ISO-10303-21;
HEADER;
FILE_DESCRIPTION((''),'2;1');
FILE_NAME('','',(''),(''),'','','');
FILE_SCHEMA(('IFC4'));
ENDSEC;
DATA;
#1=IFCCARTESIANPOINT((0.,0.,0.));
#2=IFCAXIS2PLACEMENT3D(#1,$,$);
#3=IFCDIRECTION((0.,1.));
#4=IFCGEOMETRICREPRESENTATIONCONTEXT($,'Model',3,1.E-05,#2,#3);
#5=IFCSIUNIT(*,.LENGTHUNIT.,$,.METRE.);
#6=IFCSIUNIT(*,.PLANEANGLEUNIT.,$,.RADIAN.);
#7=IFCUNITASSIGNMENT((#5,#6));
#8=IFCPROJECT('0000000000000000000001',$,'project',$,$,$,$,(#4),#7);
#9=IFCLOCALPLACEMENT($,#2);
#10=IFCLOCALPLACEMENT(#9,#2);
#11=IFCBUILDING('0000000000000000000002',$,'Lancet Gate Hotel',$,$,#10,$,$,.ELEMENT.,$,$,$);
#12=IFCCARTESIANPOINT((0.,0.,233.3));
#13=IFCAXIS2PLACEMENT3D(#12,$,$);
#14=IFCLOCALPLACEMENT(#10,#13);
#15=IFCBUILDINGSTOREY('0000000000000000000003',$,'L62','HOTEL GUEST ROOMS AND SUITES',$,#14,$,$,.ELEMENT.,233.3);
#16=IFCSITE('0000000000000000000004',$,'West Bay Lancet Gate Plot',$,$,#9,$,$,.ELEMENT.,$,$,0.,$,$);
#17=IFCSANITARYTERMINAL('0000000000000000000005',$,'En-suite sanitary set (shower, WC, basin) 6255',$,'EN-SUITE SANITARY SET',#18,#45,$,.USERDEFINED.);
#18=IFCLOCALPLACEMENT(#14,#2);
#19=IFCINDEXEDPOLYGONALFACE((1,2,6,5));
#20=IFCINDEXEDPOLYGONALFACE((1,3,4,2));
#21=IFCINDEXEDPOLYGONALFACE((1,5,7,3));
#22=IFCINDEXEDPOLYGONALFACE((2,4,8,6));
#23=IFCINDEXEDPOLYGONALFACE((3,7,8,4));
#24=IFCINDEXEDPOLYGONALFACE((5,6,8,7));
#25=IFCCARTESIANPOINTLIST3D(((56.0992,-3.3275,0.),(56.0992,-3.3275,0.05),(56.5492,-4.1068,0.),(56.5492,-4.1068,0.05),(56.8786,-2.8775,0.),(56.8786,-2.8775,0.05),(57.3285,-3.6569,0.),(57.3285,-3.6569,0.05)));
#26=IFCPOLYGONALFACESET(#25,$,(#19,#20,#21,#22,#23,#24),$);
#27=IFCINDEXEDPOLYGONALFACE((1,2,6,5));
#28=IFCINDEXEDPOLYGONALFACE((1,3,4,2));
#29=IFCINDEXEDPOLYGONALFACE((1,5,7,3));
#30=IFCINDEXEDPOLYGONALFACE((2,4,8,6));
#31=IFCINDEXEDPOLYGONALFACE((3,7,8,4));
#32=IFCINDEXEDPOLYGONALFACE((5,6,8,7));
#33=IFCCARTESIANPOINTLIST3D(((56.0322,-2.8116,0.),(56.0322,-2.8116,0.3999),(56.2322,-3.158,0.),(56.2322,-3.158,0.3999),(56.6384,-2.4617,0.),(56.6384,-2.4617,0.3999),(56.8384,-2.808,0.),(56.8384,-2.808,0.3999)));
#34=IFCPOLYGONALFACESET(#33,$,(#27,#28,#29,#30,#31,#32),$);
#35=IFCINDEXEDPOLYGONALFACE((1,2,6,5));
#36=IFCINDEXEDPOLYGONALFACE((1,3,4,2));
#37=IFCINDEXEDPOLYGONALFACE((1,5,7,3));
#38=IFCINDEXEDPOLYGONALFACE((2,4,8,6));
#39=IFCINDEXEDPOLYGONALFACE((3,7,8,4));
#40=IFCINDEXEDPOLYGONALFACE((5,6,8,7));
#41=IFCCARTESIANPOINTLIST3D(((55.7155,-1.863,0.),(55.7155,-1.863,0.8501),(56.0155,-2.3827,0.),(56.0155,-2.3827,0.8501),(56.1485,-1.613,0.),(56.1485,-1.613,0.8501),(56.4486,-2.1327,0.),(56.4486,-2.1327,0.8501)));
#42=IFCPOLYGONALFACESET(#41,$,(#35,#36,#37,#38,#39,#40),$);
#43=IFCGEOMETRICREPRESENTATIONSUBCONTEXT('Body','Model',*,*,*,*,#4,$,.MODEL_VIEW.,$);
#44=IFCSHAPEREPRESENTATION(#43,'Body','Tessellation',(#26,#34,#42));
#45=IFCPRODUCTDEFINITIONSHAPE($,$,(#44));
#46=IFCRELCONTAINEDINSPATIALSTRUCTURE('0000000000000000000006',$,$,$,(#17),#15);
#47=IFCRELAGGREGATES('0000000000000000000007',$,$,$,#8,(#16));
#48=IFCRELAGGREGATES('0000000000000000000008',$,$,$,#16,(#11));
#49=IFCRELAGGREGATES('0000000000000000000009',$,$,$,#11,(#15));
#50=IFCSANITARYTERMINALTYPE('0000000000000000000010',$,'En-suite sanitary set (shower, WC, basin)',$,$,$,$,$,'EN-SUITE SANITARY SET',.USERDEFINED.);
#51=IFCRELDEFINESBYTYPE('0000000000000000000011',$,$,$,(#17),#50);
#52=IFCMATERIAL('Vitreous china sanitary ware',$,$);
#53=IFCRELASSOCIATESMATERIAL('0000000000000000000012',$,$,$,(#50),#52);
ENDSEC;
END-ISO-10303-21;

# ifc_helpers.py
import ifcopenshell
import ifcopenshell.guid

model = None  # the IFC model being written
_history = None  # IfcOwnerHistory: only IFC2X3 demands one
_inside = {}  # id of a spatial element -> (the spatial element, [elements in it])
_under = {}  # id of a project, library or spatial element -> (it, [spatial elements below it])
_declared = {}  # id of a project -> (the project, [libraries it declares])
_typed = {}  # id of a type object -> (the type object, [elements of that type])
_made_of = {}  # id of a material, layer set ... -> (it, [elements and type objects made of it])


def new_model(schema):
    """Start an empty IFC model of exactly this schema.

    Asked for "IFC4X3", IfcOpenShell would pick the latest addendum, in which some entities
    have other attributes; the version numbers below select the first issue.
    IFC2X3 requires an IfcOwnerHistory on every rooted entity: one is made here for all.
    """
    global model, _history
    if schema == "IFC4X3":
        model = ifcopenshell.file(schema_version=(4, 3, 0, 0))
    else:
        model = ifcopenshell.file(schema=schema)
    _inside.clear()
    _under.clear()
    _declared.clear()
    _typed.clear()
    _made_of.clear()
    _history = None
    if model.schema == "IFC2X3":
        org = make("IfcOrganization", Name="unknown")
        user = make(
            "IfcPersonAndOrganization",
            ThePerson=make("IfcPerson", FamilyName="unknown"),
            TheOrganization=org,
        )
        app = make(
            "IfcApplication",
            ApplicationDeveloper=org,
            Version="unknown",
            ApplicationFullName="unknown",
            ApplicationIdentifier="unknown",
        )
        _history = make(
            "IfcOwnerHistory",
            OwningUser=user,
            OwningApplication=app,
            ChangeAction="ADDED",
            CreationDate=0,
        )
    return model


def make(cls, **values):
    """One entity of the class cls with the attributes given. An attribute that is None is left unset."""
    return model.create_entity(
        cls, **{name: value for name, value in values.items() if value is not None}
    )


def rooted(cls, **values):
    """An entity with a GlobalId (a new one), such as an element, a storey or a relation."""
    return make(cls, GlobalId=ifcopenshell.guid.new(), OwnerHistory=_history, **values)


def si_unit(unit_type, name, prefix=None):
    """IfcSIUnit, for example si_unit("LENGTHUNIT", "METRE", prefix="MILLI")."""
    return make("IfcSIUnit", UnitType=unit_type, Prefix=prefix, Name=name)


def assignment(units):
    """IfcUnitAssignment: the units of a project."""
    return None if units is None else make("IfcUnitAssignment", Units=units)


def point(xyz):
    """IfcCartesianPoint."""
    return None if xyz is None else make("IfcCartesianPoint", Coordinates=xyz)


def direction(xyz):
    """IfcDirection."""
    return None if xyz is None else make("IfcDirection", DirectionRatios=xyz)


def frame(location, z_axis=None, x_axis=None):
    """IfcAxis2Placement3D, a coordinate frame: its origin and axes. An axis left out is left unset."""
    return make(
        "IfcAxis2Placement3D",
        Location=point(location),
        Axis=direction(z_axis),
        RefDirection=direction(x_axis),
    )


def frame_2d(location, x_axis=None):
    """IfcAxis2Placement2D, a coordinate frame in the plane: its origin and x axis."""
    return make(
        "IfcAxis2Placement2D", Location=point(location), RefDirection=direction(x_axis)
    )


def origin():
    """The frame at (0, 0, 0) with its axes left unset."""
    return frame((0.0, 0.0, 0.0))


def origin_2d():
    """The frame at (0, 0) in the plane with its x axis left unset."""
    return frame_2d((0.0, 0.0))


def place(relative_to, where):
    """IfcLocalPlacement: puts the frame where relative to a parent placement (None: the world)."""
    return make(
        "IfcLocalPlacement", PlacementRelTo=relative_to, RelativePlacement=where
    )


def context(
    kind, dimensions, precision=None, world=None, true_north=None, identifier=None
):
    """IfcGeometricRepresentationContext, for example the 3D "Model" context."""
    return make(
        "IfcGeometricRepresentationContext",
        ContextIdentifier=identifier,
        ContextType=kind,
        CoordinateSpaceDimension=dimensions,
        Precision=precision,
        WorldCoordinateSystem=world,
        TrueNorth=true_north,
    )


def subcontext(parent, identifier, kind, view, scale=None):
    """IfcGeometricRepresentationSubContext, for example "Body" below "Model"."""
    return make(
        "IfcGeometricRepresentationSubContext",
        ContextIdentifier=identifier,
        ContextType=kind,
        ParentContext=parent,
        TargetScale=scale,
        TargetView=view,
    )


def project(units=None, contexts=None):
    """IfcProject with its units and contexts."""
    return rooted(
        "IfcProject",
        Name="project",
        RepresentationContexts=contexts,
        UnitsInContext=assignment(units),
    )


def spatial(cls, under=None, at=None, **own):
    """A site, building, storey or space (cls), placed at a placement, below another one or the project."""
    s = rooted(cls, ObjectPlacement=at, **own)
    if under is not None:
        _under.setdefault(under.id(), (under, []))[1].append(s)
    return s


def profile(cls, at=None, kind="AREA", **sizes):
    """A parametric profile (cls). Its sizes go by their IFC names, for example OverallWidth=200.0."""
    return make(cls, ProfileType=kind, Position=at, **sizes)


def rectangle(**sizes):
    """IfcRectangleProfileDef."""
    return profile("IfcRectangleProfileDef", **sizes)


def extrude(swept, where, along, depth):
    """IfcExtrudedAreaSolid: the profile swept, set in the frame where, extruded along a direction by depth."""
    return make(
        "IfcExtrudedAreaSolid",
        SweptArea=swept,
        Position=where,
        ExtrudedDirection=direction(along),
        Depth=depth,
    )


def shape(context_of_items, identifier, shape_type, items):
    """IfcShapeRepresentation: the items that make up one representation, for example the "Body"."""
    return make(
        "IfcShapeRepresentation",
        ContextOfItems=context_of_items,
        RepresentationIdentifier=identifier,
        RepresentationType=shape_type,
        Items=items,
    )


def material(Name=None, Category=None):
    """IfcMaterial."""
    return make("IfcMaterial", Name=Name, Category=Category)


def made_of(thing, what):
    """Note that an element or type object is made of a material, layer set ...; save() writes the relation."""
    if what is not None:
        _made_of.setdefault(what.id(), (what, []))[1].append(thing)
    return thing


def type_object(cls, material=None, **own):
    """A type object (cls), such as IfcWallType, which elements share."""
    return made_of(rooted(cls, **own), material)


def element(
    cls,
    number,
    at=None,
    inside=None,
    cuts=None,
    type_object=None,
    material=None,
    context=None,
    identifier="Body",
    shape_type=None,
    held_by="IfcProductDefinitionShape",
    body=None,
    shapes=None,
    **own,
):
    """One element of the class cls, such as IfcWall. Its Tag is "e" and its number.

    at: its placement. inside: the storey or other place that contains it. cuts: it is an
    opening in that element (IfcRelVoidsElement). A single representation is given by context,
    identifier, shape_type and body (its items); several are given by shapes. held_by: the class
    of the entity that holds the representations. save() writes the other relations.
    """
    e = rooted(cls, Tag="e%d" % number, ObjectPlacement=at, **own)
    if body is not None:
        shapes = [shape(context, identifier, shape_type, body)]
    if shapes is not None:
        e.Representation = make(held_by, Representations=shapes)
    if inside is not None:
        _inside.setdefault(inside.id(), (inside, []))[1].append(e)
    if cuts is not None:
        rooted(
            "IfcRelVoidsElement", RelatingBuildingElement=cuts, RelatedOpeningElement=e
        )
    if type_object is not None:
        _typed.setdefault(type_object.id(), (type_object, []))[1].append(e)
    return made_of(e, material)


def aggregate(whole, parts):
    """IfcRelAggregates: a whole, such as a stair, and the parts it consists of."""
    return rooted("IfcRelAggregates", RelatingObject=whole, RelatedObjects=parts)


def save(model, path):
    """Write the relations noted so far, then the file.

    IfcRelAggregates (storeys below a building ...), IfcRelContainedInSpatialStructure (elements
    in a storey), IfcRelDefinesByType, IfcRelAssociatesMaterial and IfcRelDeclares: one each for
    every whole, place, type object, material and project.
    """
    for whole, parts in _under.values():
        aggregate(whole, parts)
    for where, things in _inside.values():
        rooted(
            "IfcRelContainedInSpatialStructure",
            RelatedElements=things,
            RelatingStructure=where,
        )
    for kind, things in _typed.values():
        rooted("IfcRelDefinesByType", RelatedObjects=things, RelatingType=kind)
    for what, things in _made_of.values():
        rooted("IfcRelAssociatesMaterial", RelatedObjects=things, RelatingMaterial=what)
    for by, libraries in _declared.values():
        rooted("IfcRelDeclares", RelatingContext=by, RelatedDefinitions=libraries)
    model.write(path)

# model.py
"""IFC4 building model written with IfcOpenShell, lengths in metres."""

from ifc_helpers import new_model, si_unit, direction, frame, origin, origin_2d, place, context, subcontext, project, spatial, rectangle, extrude, material, type_object, element, save


model = new_model("IFC4")

# Units and contexts
model_context = context("Model", 3, precision=1e-05, world=origin(), true_north=direction((0.0, 1.0)))
body_context = subcontext(model_context, "Body", "Model", "MODEL_VIEW")
ifc_project = project(units=[si_unit("LENGTHUNIT", "METRE"), si_unit("PLANEANGLEUNIT", "RADIAN")], contexts=[model_context])

# Site, building, storey
site_placement = place(None, origin())
site = spatial("IfcSite", under=ifc_project, at=site_placement, Name="West Bay Lancet Gate Plot", CompositionType="ELEMENT", RefElevation=0.0)
building_placement = place(site_placement, origin())
building = spatial("IfcBuilding", under=site, at=building_placement, Name="Lancet Gate Hotel", CompositionType="ELEMENT")
storey_placement = place(building_placement, frame((0.0, 0.0, 233.3)))
storey = spatial("IfcBuildingStorey", under=building, at=storey_placement, Name="L62", Description="HOTEL GUEST ROOMS AND SUITES", CompositionType="ELEMENT", Elevation=233.3)

# Sanitary terminal
ifc_material_1 = material(Name="Vitreous china sanitary ware")
sanitary_terminal_type = type_object("IfcSanitaryTerminalType", Name="En-suite sanitary set (shower, WC, basin)", ElementType="EN-SUITE SANITARY SET", PredefinedType="USERDEFINED", material=ifc_material_1)
sanitary_terminal_placement = place(storey_placement, frame((56.7139, -3.4922, 0.0), z_axis=(0.0, 0.0, 1.0), x_axis=(1.0, 0.0, 0.0)))
element("IfcSanitaryTerminal", 1, at=sanitary_terminal_placement, inside=storey, type_object=sanitary_terminal_type, Name="En-suite sanitary set (shower, WC, basin) 6255", ObjectType="EN-SUITE SANITARY SET", PredefinedType="USERDEFINED", context=body_context, shape_type="SweptSolid", body=[
    extrude(rectangle(XDim=0.8999, YDim=0.8999, at=origin_2d()), frame((0.0, 0.0, 0.0), z_axis=(0.0, 0.0, 1.0), x_axis=(0.5, -0.866025, 0.0)), (0.0, 0.0, 1.0), 0.05),
    extrude(rectangle(XDim=0.3999, YDim=0.7, at=origin_2d()), frame((-0.2786, 0.6824, 0.0), z_axis=(0.0, 0.0, 1.0), x_axis=(0.5, -0.866025, 0.0)), (0.0, 0.0, 1.0), 0.3999),
    extrude(rectangle(XDim=0.6001, YDim=0.5, at=origin_2d()), frame((-0.6318, 1.4944, 0.0), z_axis=(0.0, 0.0, 1.0), x_axis=(0.5, -0.866025, 0.0)), (0.0, 0.0, 1.0), 0.8501),
])

save(model, "model.ifc")
